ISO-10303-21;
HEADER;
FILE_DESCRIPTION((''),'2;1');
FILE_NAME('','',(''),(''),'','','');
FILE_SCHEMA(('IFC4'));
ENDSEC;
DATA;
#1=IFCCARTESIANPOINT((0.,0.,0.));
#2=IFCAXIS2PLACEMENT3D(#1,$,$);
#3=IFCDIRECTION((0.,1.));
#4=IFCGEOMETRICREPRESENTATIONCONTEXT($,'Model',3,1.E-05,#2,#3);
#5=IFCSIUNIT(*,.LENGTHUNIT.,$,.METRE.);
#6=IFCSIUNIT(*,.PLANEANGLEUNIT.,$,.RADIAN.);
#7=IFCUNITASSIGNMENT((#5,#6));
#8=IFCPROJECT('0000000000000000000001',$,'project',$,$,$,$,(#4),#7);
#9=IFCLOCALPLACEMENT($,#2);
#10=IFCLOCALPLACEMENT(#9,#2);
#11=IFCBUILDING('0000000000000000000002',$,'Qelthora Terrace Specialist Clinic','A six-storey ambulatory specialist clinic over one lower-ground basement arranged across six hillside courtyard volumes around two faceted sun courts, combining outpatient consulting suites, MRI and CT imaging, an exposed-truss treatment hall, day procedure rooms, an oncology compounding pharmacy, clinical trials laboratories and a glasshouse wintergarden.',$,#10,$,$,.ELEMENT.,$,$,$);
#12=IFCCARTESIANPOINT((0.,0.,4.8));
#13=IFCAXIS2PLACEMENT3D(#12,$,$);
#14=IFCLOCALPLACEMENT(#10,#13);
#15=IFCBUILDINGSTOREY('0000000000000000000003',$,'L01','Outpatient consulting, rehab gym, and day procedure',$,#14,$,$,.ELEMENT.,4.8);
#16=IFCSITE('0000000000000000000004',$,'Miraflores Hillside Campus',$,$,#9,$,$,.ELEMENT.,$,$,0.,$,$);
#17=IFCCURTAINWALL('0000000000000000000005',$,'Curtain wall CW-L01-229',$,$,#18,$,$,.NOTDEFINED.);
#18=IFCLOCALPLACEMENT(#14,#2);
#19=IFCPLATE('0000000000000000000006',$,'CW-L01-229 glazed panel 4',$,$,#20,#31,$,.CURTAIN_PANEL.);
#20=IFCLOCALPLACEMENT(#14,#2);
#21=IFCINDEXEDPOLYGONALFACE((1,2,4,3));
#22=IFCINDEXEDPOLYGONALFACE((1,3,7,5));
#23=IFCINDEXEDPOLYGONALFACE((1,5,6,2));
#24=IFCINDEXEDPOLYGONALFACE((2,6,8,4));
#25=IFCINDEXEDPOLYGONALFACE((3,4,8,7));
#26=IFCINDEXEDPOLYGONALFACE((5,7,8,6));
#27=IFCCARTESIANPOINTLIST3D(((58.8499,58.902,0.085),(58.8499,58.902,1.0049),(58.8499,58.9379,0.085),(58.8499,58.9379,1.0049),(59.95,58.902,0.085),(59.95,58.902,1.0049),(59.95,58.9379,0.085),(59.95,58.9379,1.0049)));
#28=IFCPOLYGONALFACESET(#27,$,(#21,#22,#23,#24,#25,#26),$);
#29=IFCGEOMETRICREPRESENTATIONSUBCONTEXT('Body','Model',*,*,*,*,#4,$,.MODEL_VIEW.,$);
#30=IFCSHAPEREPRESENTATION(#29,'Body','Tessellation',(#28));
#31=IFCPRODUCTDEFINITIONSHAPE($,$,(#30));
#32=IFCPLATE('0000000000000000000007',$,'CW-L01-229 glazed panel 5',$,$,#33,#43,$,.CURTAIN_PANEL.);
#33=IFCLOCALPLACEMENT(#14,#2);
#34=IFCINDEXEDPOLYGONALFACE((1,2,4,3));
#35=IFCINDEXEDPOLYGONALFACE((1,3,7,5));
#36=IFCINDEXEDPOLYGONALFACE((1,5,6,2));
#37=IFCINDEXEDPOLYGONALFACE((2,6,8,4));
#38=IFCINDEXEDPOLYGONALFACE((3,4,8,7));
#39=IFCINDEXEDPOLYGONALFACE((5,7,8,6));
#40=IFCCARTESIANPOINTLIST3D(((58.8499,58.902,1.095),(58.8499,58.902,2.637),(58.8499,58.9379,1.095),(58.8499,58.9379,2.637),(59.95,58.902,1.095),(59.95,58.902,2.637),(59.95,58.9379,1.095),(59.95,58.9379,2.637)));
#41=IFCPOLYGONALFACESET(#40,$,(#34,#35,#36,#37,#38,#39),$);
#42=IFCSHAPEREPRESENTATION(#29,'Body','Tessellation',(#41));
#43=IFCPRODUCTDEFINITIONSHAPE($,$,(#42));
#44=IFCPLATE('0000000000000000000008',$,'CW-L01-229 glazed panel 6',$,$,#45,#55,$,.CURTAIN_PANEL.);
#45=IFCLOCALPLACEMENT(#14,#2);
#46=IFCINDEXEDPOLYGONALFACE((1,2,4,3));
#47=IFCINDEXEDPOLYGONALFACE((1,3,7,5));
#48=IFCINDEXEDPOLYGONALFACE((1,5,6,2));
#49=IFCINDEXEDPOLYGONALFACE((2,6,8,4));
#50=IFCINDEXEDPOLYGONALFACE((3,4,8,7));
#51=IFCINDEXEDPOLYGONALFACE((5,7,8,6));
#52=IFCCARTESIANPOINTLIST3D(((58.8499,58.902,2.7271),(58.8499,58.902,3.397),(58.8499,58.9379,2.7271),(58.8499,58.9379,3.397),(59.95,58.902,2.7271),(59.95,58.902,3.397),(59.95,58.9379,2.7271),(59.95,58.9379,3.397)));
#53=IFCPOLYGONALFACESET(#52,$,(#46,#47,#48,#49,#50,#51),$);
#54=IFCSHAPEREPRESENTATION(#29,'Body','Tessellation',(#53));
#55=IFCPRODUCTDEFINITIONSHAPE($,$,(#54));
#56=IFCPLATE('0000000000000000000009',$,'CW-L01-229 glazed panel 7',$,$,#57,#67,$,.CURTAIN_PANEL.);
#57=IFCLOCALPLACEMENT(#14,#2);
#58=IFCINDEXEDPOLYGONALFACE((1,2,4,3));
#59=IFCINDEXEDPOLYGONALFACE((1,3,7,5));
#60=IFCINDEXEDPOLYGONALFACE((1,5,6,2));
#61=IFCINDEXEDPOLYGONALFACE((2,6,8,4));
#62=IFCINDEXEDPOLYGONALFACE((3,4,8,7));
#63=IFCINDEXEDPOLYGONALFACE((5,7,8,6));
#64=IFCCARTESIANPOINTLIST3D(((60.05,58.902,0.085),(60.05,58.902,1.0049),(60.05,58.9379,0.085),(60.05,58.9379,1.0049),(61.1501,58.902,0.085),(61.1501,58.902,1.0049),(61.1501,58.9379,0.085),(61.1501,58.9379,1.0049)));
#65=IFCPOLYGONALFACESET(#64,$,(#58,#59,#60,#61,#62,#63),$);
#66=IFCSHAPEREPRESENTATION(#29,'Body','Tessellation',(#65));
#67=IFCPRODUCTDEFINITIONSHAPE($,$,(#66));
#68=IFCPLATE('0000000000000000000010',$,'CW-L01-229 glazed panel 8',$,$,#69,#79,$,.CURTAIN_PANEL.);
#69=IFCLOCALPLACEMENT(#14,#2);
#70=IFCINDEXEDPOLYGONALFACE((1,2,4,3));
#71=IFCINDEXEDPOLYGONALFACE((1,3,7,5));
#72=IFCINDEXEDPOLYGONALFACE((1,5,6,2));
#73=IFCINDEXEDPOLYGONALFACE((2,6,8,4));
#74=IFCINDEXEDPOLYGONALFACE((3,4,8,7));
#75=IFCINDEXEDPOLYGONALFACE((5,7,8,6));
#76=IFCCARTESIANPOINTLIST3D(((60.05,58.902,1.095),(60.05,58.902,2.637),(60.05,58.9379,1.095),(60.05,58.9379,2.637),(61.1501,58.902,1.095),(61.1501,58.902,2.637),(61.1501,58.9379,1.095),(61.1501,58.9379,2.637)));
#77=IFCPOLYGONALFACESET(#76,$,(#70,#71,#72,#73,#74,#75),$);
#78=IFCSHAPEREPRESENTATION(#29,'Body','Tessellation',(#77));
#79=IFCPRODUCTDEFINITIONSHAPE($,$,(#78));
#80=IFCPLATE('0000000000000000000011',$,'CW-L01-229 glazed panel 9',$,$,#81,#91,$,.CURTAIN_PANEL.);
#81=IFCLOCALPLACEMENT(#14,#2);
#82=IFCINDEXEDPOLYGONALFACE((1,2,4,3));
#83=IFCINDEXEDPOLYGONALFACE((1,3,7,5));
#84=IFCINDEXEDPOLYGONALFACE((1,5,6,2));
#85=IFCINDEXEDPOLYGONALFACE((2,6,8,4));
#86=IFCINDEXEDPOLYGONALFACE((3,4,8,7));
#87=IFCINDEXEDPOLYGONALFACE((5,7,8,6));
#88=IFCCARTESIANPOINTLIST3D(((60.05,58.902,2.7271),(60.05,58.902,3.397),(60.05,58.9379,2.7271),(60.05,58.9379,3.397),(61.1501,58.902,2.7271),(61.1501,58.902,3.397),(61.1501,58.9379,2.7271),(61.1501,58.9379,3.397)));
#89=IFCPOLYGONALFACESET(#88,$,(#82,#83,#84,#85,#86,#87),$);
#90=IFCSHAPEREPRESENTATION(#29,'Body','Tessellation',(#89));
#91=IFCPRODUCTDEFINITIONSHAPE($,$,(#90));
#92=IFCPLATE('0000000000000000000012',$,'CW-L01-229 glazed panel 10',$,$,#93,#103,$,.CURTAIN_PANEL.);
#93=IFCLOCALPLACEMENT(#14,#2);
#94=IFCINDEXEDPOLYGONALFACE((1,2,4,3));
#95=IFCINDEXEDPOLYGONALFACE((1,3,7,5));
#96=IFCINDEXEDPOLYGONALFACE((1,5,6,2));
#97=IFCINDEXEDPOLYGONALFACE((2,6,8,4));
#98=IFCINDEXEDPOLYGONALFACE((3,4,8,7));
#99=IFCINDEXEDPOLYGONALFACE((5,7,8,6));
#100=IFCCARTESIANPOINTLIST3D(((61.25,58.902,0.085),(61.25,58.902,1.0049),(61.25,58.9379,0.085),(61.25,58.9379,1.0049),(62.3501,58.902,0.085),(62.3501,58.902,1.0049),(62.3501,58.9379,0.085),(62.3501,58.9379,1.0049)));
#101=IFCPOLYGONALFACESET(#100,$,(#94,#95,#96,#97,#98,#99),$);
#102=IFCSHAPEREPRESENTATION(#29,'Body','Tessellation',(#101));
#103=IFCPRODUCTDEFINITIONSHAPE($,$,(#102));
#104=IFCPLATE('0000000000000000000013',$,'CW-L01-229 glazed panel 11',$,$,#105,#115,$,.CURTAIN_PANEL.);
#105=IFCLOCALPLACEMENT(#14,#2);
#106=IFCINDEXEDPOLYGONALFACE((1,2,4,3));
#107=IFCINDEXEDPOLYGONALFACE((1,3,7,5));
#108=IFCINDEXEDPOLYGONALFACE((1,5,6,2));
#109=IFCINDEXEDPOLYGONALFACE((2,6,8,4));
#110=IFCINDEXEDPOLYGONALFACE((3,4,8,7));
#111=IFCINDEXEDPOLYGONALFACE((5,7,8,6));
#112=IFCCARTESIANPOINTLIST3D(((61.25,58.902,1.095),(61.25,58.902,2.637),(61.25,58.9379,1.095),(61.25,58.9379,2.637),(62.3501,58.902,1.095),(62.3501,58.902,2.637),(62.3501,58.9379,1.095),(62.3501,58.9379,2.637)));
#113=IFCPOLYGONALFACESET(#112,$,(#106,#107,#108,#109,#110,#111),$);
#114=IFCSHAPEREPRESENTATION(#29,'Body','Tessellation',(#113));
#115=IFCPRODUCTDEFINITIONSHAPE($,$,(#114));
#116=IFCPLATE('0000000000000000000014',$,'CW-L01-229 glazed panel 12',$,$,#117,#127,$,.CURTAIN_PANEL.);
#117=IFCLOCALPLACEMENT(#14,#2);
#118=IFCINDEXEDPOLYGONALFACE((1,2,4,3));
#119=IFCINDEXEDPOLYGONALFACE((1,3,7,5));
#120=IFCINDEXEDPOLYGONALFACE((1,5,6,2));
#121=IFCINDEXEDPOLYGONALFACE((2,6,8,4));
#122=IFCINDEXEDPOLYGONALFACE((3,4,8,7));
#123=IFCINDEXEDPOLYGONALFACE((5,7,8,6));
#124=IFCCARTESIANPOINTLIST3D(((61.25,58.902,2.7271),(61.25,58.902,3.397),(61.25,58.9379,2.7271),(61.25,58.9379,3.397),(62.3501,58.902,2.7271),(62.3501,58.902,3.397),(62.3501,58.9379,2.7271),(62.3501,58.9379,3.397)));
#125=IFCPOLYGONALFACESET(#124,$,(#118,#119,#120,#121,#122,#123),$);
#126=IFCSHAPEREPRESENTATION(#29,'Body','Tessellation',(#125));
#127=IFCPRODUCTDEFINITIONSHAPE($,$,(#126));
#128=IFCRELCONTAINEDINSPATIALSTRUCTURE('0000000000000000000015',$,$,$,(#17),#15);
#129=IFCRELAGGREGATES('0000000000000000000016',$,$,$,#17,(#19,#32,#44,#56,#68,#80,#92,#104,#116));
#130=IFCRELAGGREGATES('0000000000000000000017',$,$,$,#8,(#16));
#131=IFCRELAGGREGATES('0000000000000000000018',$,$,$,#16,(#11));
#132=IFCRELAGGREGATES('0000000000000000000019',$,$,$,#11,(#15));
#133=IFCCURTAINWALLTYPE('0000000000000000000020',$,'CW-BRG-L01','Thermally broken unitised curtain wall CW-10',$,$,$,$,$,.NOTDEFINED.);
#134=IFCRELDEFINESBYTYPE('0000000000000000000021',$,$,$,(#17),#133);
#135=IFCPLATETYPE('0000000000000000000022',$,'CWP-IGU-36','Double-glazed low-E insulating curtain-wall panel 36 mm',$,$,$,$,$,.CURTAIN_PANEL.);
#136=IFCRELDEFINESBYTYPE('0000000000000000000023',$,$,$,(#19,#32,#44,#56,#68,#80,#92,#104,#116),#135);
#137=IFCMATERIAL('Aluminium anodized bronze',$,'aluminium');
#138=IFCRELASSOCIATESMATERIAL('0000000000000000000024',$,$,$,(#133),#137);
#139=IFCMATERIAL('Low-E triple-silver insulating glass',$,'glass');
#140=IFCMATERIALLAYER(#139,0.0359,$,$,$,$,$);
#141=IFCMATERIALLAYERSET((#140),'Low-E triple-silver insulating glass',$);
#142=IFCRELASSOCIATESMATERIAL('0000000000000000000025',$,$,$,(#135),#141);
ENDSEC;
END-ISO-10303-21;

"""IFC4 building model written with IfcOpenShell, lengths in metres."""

from ifc_helpers import new_model, si_unit, direction, frame, origin, origin_2d, place, context, subcontext, project, spatial, rectangle, extrude, material, layer, layer_set, type_object, element, aggregate, save


model = new_model("IFC4")

# Units and contexts
model_context = context("Model", 3, precision=1e-05, world=origin(), true_north=direction((0.0, 1.0)))
body_context = subcontext(model_context, "Body", "Model", "MODEL_VIEW")
ifc_project = project(units=[si_unit("LENGTHUNIT", "METRE"), si_unit("PLANEANGLEUNIT", "RADIAN")], contexts=[model_context])

# Site, building, storey
site_placement = place(None, origin())
site = spatial("IfcSite", under=ifc_project, at=site_placement, Name="Miraflores Hillside Campus", CompositionType="ELEMENT", RefElevation=0.0)
building_placement = place(site_placement, origin())
building = spatial("IfcBuilding", under=site, at=building_placement, Name="Qelthora Terrace Specialist Clinic", Description="A six-storey ambulatory specialist clinic over one lower-ground basement arranged across six hillside courtyard volumes around two faceted sun courts, combining outpatient consulting suites, MRI and CT imaging, an exposed-truss treatment hall, day procedure rooms, an oncology compounding pharmacy, clinical trials laboratories and a glasshouse wintergarden.", CompositionType="ELEMENT")
storey_placement = place(building_placement, frame((0.0, 0.0, 4.8)))
storey = spatial("IfcBuildingStorey", under=building, at=storey_placement, Name="L01", Description="Outpatient consulting, rehab gym, and day procedure", CompositionType="ELEMENT", Elevation=4.8)

# Shared definitions
ifc_material_1 = material(Name="Aluminium anodized bronze", Category="aluminium")
curtain_wall_type = type_object("IfcCurtainWallType", Name="CW-BRG-L01", Description="Thermally broken unitised curtain wall CW-10", PredefinedType="NOTDEFINED", material=ifc_material_1)

# Curtain wall
curtain_wall_1_placement = place(storey_placement, origin())
curtain_wall_1 = element("IfcCurtainWall", 1, at=curtain_wall_1_placement, inside=storey, type_object=curtain_wall_type, Name="Curtain wall CW-L01-229", PredefinedType="NOTDEFINED")

# Plates
ifc_material_2 = material(Name="Low-E triple-silver insulating glass", Category="glass")
ifc_layer = layer(ifc_material_2, 0.0359)
ifc_layer_set = layer_set([ifc_layer], Name="Low-E triple-silver insulating glass")
plate_type = type_object("IfcPlateType", Name="CWP-IGU-36", Description="Double-glazed low-E insulating curtain-wall panel 36 mm", PredefinedType="CURTAIN_PANEL", material=ifc_layer_set)
plate_1_placement = place(storey_placement, frame((59.3999, 58.9199, 0.085), z_axis=(0.0, 0.0, 1.0), x_axis=(1.0, 0.0, 0.0)))
plate_1 = element("IfcPlate", 2, at=plate_1_placement, type_object=plate_type, Name="CW-L01-229 glazed panel 4", PredefinedType="CURTAIN_PANEL", context=body_context, shape_type="SweptSolid", body=[
    extrude(rectangle(XDim=1.1001, YDim=0.0359, at=origin_2d()), origin(), (0.0, 0.0, 1.0), 0.9199),
])
plate_2_placement = place(storey_placement, frame((59.3999, 58.9199, 1.095), z_axis=(0.0, 0.0, 1.0), x_axis=(1.0, 0.0, 0.0)))
plate_2 = element("IfcPlate", 3, at=plate_2_placement, type_object=plate_type, Name="CW-L01-229 glazed panel 5", PredefinedType="CURTAIN_PANEL", context=body_context, shape_type="SweptSolid", body=[
    extrude(rectangle(XDim=1.1001, YDim=0.0359, at=origin_2d()), origin(), (0.0, 0.0, 1.0), 1.542),
])
plate_3_placement = place(storey_placement, frame((59.3999, 58.9199, 2.7271), z_axis=(0.0, 0.0, 1.0), x_axis=(1.0, 0.0, 0.0)))
plate_3 = element("IfcPlate", 4, at=plate_3_placement, type_object=plate_type, Name="CW-L01-229 glazed panel 6", PredefinedType="CURTAIN_PANEL", context=body_context, shape_type="SweptSolid", body=[
    extrude(rectangle(XDim=1.1001, YDim=0.0359, at=origin_2d()), origin(), (0.0, 0.0, 1.0), 0.6699),
])
plate_4_placement = place(storey_placement, frame((60.6001, 58.9199, 0.085), z_axis=(0.0, 0.0, 1.0), x_axis=(1.0, 0.0, 0.0)))
plate_4 = element("IfcPlate", 5, at=plate_4_placement, type_object=plate_type, Name="CW-L01-229 glazed panel 7", PredefinedType="CURTAIN_PANEL", context=body_context, shape_type="SweptSolid", body=[
    extrude(rectangle(XDim=1.1001, YDim=0.0359, at=origin_2d()), origin(), (0.0, 0.0, 1.0), 0.9199),
])
plate_5_placement = place(storey_placement, frame((60.6001, 58.9199, 1.095), z_axis=(0.0, 0.0, 1.0), x_axis=(1.0, 0.0, 0.0)))
plate_5 = element("IfcPlate", 6, at=plate_5_placement, type_object=plate_type, Name="CW-L01-229 glazed panel 8", PredefinedType="CURTAIN_PANEL", context=body_context, shape_type="SweptSolid", body=[
    extrude(rectangle(XDim=1.1001, YDim=0.0359, at=origin_2d()), origin(), (0.0, 0.0, 1.0), 1.542),
])
plate_6_placement = place(storey_placement, frame((60.6001, 58.9199, 2.7271), z_axis=(0.0, 0.0, 1.0), x_axis=(1.0, 0.0, 0.0)))
plate_6 = element("IfcPlate", 7, at=plate_6_placement, type_object=plate_type, Name="CW-L01-229 glazed panel 9", PredefinedType="CURTAIN_PANEL", context=body_context, shape_type="SweptSolid", body=[
    extrude(rectangle(XDim=1.1001, YDim=0.0359, at=origin_2d()), origin(), (0.0, 0.0, 1.0), 0.6699),
])
plate_7_placement = place(storey_placement, frame((61.8, 58.9199, 0.085), z_axis=(0.0, 0.0, 1.0), x_axis=(1.0, 0.0, 0.0)))
plate_7 = element("IfcPlate", 8, at=plate_7_placement, type_object=plate_type, Name="CW-L01-229 glazed panel 10", PredefinedType="CURTAIN_PANEL", context=body_context, shape_type="SweptSolid", body=[
    extrude(rectangle(XDim=1.1001, YDim=0.0359, at=origin_2d()), origin(), (0.0, 0.0, 1.0), 0.9199),
])
plate_8_placement = place(storey_placement, frame((61.8, 58.9199, 1.095), z_axis=(0.0, 0.0, 1.0), x_axis=(1.0, 0.0, 0.0)))
plate_8 = element("IfcPlate", 9, at=plate_8_placement, type_object=plate_type, Name="CW-L01-229 glazed panel 11", PredefinedType="CURTAIN_PANEL", context=body_context, shape_type="SweptSolid", body=[
    extrude(rectangle(XDim=1.1001, YDim=0.0359, at=origin_2d()), origin(), (0.0, 0.0, 1.0), 1.542),
])
plate_9_placement = place(storey_placement, frame((61.8, 58.9199, 2.7271), z_axis=(0.0, 0.0, 1.0), x_axis=(1.0, 0.0, 0.0)))
plate_9 = element("IfcPlate", 10, at=plate_9_placement, type_object=plate_type, Name="CW-L01-229 glazed panel 12", PredefinedType="CURTAIN_PANEL", context=body_context, shape_type="SweptSolid", body=[
    extrude(rectangle(XDim=1.1001, YDim=0.0359, at=origin_2d()), origin(), (0.0, 0.0, 1.0), 0.6699),
])
aggregate(curtain_wall_1, [plate_1, plate_2, plate_3, plate_4, plate_5, plate_6, plate_7, plate_8, plate_9])

save(model, "model.ifc")
